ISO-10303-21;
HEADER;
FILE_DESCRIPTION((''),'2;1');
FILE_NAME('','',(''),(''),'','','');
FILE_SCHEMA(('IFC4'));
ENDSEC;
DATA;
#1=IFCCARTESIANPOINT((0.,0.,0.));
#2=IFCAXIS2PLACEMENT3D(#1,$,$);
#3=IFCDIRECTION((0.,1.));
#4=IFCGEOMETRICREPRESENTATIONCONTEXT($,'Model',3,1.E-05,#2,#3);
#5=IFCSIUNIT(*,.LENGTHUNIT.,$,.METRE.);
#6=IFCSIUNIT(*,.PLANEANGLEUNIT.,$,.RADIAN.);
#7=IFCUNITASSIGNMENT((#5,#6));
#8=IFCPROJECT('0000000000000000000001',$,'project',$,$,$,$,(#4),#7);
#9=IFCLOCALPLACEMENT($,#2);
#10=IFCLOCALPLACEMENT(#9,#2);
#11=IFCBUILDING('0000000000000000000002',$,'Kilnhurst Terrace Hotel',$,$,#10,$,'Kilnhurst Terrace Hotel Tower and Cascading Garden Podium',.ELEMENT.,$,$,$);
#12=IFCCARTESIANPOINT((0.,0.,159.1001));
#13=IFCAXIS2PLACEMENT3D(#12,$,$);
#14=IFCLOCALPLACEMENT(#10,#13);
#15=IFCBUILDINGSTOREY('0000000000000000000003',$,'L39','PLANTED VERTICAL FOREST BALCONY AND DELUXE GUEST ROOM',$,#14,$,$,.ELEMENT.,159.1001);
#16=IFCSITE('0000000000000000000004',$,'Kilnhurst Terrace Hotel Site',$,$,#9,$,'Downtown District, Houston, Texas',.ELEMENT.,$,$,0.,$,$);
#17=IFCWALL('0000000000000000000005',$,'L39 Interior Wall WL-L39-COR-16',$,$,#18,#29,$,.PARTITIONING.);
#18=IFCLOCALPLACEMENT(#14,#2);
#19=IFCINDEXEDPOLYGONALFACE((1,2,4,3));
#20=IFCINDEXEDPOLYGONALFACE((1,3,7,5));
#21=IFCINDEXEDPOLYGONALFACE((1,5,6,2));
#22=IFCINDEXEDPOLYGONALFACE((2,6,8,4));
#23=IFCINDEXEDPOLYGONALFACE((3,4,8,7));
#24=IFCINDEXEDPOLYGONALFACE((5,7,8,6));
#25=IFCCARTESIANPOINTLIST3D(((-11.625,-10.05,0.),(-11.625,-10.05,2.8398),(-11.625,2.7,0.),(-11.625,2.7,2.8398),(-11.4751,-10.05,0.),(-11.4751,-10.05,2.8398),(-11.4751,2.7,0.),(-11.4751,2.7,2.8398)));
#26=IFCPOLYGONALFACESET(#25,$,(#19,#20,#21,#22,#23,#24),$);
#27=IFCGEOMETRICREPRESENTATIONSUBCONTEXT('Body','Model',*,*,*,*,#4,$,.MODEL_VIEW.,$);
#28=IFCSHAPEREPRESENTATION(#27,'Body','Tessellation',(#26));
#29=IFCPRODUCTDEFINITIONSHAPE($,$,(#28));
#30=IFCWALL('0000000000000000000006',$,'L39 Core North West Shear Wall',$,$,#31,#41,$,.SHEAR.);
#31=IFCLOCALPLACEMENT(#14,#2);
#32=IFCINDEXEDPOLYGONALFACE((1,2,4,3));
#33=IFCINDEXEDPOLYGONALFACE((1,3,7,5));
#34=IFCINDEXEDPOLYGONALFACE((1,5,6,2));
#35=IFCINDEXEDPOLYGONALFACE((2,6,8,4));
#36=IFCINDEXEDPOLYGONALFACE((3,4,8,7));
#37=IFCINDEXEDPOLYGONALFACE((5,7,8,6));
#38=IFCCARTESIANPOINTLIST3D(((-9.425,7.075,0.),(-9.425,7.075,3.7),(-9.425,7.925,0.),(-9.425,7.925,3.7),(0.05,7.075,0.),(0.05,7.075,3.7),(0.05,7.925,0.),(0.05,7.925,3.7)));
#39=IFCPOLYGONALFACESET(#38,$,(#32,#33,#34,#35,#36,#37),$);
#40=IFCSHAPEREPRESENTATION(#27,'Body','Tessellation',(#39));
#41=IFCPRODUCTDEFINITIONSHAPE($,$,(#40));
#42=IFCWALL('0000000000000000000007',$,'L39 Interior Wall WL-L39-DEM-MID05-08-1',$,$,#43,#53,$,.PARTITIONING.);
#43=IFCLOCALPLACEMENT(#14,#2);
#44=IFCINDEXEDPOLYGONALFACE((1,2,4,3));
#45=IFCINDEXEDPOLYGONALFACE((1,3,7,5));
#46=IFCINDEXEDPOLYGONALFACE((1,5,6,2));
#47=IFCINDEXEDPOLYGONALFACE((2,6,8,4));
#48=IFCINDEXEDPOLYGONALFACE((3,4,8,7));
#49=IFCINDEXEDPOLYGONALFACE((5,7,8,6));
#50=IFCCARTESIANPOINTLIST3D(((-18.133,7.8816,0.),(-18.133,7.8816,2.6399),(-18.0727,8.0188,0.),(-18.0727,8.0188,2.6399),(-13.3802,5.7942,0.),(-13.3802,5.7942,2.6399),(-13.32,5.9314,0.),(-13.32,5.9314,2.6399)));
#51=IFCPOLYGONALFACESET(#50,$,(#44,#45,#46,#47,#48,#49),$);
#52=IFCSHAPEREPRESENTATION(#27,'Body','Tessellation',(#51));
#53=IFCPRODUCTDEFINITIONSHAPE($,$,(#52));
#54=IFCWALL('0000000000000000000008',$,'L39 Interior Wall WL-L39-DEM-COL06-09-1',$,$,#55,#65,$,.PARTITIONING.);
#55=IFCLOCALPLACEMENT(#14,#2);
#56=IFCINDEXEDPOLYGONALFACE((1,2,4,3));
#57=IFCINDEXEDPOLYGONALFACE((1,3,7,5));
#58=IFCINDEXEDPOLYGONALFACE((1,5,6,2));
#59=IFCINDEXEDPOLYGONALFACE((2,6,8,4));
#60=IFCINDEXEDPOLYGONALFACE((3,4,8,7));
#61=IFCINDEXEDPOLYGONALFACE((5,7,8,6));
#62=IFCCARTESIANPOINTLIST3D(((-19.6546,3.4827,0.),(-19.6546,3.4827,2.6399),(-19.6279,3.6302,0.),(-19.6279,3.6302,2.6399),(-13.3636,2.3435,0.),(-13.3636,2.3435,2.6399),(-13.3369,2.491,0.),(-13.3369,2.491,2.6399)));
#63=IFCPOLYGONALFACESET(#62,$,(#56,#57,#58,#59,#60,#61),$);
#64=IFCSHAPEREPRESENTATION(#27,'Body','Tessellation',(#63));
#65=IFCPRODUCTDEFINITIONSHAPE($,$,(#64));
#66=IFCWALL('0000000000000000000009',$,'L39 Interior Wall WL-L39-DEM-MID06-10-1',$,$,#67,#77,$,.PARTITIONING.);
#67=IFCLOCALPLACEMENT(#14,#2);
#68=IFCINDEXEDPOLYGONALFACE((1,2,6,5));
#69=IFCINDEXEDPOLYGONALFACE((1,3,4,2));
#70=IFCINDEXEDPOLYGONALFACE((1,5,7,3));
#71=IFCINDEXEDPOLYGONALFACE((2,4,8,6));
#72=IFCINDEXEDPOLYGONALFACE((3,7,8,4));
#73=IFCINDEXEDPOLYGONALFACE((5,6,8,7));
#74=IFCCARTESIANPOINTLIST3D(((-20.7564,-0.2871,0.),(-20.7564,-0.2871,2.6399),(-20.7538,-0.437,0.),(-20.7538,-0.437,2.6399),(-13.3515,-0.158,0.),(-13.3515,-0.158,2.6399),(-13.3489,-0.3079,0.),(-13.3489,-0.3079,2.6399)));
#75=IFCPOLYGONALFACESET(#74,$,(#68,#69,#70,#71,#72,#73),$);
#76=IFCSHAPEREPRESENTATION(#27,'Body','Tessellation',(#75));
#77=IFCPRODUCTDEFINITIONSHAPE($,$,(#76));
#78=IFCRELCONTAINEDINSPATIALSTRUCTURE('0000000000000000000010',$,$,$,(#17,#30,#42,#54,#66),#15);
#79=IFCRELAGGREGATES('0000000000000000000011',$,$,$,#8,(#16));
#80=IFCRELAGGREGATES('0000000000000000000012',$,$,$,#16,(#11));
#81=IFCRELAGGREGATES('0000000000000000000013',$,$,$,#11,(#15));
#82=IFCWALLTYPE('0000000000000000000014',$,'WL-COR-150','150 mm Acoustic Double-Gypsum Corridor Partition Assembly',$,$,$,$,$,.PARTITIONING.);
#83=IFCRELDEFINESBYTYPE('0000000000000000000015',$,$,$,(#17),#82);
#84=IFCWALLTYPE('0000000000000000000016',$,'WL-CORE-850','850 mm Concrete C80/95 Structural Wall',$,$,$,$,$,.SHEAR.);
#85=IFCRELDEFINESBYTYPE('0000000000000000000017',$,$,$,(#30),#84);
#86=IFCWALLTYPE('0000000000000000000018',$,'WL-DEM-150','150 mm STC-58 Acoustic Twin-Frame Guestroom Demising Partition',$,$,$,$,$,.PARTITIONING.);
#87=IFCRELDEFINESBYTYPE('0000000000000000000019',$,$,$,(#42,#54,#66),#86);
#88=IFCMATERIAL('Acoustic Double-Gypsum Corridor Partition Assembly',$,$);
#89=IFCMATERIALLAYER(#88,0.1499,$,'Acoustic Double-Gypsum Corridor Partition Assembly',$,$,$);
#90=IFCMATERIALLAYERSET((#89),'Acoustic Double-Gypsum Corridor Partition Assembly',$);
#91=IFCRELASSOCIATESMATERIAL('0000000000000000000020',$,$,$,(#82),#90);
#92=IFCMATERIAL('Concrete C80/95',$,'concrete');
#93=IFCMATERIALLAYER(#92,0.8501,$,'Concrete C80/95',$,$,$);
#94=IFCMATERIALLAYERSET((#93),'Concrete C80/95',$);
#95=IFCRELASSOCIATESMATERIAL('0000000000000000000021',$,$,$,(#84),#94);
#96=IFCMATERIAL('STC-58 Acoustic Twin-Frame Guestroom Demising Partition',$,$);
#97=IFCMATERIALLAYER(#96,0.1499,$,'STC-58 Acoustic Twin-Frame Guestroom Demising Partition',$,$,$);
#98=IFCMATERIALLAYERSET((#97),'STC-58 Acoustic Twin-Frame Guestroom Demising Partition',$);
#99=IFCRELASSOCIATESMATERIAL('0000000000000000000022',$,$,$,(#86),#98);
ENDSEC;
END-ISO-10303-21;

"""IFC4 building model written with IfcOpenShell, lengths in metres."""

from ifc_helpers import new_model, si_unit, direction, frame, frame_2d, origin, place, context, subcontext, project, spatial, rectangle, extrude, material, layer, layer_set, type_object, element, save


model = new_model("IFC4")

# Units and contexts
model_context = context("Model", 3, precision=1e-05, world=origin(), true_north=direction((0.0, 1.0)))
body_context = subcontext(model_context, "Body", "Model", "MODEL_VIEW")
ifc_project = project(units=[si_unit("LENGTHUNIT", "METRE"), si_unit("PLANEANGLEUNIT", "RADIAN")], contexts=[model_context])

# Site, building, storey
site_placement = place(None, origin())
site = spatial("IfcSite", under=ifc_project, at=site_placement, Name="Kilnhurst Terrace Hotel Site", LongName="Downtown District, Houston, Texas", CompositionType="ELEMENT", RefElevation=0.0)
building_placement = place(site_placement, origin())
building = spatial("IfcBuilding", under=site, at=building_placement, Name="Kilnhurst Terrace Hotel", LongName="Kilnhurst Terrace Hotel Tower and Cascading Garden Podium", CompositionType="ELEMENT")
storey_placement = place(building_placement, frame((0.0, 0.0, 159.1001)))
storey = spatial("IfcBuildingStorey", under=building, at=storey_placement, Name="L39", Description="PLANTED VERTICAL FOREST BALCONY AND DELUXE GUEST ROOM", CompositionType="ELEMENT", Elevation=159.1001)

# Shared definitions
ifc_material_1 = material(Name="Concrete C80/95", Category="concrete")

# Shared definitions
ifc_material_2 = material(Name="Acoustic Double-Gypsum Corridor Partition Assembly")
ifc_layer_1 = layer(ifc_material_2, 0.1499, Name="Acoustic Double-Gypsum Corridor Partition Assembly")
ifc_layer_set_1 = layer_set([ifc_layer_1], Name="Acoustic Double-Gypsum Corridor Partition Assembly")
wall_type_1 = type_object("IfcWallType", Name="WL-COR-150", Description="150 mm Acoustic Double-Gypsum Corridor Partition Assembly", PredefinedType="PARTITIONING", material=ifc_layer_set_1)

# Walls
wall_1_placement = place(storey_placement, frame((-11.55, 2.7, 0.0), z_axis=(0.0, 0.0, 1.0), x_axis=(0.0, -1.0, 0.0)))
element("IfcWall", 1, at=wall_1_placement, inside=storey, type_object=wall_type_1, Name="L39 Interior Wall WL-L39-COR-16", PredefinedType="PARTITIONING", context=body_context, shape_type="SweptSolid", body=[
    extrude(rectangle(XDim=12.75, YDim=0.1499, at=frame_2d((6.375, 0.0))), origin(), (0.0, 0.0, 1.0), 2.8398),
])
ifc_layer_2 = layer(ifc_material_1, 0.8501, Name="Concrete C80/95")
ifc_layer_set_2 = layer_set([ifc_layer_2], Name="Concrete C80/95")
wall_type_2 = type_object("IfcWallType", Name="WL-CORE-850", Description="850 mm Concrete C80/95 Structural Wall", PredefinedType="SHEAR", material=ifc_layer_set_2)
wall_2_placement = place(storey_placement, frame((-9.425, 7.5, 0.0), z_axis=(0.0, 0.0, 1.0), x_axis=(1.0, 0.0, 0.0)))
element("IfcWall", 2, at=wall_2_placement, inside=storey, type_object=wall_type_2, Name="L39 Core North West Shear Wall", PredefinedType="SHEAR", context=body_context, shape_type="SweptSolid", body=[
    extrude(rectangle(XDim=9.4751, YDim=0.8501, at=frame_2d((4.7375, 0.0))), origin(), (0.0, 0.0, 1.0), 3.7),
])
ifc_material_3 = material(Name="STC-58 Acoustic Twin-Frame Guestroom Demising Partition")
ifc_layer_3 = layer(ifc_material_3, 0.1499, Name="STC-58 Acoustic Twin-Frame Guestroom Demising Partition")
ifc_layer_set_3 = layer_set([ifc_layer_3], Name="STC-58 Acoustic Twin-Frame Guestroom Demising Partition")
wall_type_3 = type_object("IfcWallType", Name="WL-DEM-150", Description="150 mm STC-58 Acoustic Twin-Frame Guestroom Demising Partition", PredefinedType="PARTITIONING", material=ifc_layer_set_3)
wall_3_placement = place(storey_placement, frame((-13.3501, 5.8628, 0.0), z_axis=(0.0, 0.0, 1.0), x_axis=(-0.915583, 0.402129, 0.0)))
element("IfcWall", 3, at=wall_3_placement, inside=storey, type_object=wall_type_3, Name="L39 Interior Wall WL-L39-DEM-MID05-08-1", PredefinedType="PARTITIONING", context=body_context, shape_type="SweptSolid", body=[
    extrude(rectangle(XDim=5.1909, YDim=0.1499, at=frame_2d((2.5955, 0.0))), origin(), (0.0, 0.0, 1.0), 2.6399),
])
wall_4_placement = place(storey_placement, frame((-13.3501, 2.4172, 0.0), z_axis=(0.0, 0.0, 1.0), x_axis=(-0.983998, 0.17818, 0.0)))
element("IfcWall", 4, at=wall_4_placement, inside=storey, type_object=wall_type_3, Name="L39 Interior Wall WL-L39-DEM-COL06-09-1", PredefinedType="PARTITIONING", context=body_context, shape_type="SweptSolid", body=[
    extrude(rectangle(XDim=6.3933, YDim=0.1499, at=frame_2d((3.1968, 0.0))), origin(), (0.0, 0.0, 1.0), 2.6399),
])
wall_5_placement = place(storey_placement, frame((-13.3501, -0.2329, 0.0), z_axis=(0.0, 0.0, 1.0), x_axis=(-0.999848, -0.017439, 0.0)))
element("IfcWall", 5, at=wall_5_placement, inside=storey, type_object=wall_type_3, Name="L39 Interior Wall WL-L39-DEM-MID06-10-1", PredefinedType="PARTITIONING", context=body_context, shape_type="SweptSolid", body=[
    extrude(rectangle(XDim=7.406, YDim=0.1499, at=frame_2d((3.7031, 0.0))), origin(), (0.0, 0.0, 1.0), 2.6399),
])

save(model, "model.ifc")
